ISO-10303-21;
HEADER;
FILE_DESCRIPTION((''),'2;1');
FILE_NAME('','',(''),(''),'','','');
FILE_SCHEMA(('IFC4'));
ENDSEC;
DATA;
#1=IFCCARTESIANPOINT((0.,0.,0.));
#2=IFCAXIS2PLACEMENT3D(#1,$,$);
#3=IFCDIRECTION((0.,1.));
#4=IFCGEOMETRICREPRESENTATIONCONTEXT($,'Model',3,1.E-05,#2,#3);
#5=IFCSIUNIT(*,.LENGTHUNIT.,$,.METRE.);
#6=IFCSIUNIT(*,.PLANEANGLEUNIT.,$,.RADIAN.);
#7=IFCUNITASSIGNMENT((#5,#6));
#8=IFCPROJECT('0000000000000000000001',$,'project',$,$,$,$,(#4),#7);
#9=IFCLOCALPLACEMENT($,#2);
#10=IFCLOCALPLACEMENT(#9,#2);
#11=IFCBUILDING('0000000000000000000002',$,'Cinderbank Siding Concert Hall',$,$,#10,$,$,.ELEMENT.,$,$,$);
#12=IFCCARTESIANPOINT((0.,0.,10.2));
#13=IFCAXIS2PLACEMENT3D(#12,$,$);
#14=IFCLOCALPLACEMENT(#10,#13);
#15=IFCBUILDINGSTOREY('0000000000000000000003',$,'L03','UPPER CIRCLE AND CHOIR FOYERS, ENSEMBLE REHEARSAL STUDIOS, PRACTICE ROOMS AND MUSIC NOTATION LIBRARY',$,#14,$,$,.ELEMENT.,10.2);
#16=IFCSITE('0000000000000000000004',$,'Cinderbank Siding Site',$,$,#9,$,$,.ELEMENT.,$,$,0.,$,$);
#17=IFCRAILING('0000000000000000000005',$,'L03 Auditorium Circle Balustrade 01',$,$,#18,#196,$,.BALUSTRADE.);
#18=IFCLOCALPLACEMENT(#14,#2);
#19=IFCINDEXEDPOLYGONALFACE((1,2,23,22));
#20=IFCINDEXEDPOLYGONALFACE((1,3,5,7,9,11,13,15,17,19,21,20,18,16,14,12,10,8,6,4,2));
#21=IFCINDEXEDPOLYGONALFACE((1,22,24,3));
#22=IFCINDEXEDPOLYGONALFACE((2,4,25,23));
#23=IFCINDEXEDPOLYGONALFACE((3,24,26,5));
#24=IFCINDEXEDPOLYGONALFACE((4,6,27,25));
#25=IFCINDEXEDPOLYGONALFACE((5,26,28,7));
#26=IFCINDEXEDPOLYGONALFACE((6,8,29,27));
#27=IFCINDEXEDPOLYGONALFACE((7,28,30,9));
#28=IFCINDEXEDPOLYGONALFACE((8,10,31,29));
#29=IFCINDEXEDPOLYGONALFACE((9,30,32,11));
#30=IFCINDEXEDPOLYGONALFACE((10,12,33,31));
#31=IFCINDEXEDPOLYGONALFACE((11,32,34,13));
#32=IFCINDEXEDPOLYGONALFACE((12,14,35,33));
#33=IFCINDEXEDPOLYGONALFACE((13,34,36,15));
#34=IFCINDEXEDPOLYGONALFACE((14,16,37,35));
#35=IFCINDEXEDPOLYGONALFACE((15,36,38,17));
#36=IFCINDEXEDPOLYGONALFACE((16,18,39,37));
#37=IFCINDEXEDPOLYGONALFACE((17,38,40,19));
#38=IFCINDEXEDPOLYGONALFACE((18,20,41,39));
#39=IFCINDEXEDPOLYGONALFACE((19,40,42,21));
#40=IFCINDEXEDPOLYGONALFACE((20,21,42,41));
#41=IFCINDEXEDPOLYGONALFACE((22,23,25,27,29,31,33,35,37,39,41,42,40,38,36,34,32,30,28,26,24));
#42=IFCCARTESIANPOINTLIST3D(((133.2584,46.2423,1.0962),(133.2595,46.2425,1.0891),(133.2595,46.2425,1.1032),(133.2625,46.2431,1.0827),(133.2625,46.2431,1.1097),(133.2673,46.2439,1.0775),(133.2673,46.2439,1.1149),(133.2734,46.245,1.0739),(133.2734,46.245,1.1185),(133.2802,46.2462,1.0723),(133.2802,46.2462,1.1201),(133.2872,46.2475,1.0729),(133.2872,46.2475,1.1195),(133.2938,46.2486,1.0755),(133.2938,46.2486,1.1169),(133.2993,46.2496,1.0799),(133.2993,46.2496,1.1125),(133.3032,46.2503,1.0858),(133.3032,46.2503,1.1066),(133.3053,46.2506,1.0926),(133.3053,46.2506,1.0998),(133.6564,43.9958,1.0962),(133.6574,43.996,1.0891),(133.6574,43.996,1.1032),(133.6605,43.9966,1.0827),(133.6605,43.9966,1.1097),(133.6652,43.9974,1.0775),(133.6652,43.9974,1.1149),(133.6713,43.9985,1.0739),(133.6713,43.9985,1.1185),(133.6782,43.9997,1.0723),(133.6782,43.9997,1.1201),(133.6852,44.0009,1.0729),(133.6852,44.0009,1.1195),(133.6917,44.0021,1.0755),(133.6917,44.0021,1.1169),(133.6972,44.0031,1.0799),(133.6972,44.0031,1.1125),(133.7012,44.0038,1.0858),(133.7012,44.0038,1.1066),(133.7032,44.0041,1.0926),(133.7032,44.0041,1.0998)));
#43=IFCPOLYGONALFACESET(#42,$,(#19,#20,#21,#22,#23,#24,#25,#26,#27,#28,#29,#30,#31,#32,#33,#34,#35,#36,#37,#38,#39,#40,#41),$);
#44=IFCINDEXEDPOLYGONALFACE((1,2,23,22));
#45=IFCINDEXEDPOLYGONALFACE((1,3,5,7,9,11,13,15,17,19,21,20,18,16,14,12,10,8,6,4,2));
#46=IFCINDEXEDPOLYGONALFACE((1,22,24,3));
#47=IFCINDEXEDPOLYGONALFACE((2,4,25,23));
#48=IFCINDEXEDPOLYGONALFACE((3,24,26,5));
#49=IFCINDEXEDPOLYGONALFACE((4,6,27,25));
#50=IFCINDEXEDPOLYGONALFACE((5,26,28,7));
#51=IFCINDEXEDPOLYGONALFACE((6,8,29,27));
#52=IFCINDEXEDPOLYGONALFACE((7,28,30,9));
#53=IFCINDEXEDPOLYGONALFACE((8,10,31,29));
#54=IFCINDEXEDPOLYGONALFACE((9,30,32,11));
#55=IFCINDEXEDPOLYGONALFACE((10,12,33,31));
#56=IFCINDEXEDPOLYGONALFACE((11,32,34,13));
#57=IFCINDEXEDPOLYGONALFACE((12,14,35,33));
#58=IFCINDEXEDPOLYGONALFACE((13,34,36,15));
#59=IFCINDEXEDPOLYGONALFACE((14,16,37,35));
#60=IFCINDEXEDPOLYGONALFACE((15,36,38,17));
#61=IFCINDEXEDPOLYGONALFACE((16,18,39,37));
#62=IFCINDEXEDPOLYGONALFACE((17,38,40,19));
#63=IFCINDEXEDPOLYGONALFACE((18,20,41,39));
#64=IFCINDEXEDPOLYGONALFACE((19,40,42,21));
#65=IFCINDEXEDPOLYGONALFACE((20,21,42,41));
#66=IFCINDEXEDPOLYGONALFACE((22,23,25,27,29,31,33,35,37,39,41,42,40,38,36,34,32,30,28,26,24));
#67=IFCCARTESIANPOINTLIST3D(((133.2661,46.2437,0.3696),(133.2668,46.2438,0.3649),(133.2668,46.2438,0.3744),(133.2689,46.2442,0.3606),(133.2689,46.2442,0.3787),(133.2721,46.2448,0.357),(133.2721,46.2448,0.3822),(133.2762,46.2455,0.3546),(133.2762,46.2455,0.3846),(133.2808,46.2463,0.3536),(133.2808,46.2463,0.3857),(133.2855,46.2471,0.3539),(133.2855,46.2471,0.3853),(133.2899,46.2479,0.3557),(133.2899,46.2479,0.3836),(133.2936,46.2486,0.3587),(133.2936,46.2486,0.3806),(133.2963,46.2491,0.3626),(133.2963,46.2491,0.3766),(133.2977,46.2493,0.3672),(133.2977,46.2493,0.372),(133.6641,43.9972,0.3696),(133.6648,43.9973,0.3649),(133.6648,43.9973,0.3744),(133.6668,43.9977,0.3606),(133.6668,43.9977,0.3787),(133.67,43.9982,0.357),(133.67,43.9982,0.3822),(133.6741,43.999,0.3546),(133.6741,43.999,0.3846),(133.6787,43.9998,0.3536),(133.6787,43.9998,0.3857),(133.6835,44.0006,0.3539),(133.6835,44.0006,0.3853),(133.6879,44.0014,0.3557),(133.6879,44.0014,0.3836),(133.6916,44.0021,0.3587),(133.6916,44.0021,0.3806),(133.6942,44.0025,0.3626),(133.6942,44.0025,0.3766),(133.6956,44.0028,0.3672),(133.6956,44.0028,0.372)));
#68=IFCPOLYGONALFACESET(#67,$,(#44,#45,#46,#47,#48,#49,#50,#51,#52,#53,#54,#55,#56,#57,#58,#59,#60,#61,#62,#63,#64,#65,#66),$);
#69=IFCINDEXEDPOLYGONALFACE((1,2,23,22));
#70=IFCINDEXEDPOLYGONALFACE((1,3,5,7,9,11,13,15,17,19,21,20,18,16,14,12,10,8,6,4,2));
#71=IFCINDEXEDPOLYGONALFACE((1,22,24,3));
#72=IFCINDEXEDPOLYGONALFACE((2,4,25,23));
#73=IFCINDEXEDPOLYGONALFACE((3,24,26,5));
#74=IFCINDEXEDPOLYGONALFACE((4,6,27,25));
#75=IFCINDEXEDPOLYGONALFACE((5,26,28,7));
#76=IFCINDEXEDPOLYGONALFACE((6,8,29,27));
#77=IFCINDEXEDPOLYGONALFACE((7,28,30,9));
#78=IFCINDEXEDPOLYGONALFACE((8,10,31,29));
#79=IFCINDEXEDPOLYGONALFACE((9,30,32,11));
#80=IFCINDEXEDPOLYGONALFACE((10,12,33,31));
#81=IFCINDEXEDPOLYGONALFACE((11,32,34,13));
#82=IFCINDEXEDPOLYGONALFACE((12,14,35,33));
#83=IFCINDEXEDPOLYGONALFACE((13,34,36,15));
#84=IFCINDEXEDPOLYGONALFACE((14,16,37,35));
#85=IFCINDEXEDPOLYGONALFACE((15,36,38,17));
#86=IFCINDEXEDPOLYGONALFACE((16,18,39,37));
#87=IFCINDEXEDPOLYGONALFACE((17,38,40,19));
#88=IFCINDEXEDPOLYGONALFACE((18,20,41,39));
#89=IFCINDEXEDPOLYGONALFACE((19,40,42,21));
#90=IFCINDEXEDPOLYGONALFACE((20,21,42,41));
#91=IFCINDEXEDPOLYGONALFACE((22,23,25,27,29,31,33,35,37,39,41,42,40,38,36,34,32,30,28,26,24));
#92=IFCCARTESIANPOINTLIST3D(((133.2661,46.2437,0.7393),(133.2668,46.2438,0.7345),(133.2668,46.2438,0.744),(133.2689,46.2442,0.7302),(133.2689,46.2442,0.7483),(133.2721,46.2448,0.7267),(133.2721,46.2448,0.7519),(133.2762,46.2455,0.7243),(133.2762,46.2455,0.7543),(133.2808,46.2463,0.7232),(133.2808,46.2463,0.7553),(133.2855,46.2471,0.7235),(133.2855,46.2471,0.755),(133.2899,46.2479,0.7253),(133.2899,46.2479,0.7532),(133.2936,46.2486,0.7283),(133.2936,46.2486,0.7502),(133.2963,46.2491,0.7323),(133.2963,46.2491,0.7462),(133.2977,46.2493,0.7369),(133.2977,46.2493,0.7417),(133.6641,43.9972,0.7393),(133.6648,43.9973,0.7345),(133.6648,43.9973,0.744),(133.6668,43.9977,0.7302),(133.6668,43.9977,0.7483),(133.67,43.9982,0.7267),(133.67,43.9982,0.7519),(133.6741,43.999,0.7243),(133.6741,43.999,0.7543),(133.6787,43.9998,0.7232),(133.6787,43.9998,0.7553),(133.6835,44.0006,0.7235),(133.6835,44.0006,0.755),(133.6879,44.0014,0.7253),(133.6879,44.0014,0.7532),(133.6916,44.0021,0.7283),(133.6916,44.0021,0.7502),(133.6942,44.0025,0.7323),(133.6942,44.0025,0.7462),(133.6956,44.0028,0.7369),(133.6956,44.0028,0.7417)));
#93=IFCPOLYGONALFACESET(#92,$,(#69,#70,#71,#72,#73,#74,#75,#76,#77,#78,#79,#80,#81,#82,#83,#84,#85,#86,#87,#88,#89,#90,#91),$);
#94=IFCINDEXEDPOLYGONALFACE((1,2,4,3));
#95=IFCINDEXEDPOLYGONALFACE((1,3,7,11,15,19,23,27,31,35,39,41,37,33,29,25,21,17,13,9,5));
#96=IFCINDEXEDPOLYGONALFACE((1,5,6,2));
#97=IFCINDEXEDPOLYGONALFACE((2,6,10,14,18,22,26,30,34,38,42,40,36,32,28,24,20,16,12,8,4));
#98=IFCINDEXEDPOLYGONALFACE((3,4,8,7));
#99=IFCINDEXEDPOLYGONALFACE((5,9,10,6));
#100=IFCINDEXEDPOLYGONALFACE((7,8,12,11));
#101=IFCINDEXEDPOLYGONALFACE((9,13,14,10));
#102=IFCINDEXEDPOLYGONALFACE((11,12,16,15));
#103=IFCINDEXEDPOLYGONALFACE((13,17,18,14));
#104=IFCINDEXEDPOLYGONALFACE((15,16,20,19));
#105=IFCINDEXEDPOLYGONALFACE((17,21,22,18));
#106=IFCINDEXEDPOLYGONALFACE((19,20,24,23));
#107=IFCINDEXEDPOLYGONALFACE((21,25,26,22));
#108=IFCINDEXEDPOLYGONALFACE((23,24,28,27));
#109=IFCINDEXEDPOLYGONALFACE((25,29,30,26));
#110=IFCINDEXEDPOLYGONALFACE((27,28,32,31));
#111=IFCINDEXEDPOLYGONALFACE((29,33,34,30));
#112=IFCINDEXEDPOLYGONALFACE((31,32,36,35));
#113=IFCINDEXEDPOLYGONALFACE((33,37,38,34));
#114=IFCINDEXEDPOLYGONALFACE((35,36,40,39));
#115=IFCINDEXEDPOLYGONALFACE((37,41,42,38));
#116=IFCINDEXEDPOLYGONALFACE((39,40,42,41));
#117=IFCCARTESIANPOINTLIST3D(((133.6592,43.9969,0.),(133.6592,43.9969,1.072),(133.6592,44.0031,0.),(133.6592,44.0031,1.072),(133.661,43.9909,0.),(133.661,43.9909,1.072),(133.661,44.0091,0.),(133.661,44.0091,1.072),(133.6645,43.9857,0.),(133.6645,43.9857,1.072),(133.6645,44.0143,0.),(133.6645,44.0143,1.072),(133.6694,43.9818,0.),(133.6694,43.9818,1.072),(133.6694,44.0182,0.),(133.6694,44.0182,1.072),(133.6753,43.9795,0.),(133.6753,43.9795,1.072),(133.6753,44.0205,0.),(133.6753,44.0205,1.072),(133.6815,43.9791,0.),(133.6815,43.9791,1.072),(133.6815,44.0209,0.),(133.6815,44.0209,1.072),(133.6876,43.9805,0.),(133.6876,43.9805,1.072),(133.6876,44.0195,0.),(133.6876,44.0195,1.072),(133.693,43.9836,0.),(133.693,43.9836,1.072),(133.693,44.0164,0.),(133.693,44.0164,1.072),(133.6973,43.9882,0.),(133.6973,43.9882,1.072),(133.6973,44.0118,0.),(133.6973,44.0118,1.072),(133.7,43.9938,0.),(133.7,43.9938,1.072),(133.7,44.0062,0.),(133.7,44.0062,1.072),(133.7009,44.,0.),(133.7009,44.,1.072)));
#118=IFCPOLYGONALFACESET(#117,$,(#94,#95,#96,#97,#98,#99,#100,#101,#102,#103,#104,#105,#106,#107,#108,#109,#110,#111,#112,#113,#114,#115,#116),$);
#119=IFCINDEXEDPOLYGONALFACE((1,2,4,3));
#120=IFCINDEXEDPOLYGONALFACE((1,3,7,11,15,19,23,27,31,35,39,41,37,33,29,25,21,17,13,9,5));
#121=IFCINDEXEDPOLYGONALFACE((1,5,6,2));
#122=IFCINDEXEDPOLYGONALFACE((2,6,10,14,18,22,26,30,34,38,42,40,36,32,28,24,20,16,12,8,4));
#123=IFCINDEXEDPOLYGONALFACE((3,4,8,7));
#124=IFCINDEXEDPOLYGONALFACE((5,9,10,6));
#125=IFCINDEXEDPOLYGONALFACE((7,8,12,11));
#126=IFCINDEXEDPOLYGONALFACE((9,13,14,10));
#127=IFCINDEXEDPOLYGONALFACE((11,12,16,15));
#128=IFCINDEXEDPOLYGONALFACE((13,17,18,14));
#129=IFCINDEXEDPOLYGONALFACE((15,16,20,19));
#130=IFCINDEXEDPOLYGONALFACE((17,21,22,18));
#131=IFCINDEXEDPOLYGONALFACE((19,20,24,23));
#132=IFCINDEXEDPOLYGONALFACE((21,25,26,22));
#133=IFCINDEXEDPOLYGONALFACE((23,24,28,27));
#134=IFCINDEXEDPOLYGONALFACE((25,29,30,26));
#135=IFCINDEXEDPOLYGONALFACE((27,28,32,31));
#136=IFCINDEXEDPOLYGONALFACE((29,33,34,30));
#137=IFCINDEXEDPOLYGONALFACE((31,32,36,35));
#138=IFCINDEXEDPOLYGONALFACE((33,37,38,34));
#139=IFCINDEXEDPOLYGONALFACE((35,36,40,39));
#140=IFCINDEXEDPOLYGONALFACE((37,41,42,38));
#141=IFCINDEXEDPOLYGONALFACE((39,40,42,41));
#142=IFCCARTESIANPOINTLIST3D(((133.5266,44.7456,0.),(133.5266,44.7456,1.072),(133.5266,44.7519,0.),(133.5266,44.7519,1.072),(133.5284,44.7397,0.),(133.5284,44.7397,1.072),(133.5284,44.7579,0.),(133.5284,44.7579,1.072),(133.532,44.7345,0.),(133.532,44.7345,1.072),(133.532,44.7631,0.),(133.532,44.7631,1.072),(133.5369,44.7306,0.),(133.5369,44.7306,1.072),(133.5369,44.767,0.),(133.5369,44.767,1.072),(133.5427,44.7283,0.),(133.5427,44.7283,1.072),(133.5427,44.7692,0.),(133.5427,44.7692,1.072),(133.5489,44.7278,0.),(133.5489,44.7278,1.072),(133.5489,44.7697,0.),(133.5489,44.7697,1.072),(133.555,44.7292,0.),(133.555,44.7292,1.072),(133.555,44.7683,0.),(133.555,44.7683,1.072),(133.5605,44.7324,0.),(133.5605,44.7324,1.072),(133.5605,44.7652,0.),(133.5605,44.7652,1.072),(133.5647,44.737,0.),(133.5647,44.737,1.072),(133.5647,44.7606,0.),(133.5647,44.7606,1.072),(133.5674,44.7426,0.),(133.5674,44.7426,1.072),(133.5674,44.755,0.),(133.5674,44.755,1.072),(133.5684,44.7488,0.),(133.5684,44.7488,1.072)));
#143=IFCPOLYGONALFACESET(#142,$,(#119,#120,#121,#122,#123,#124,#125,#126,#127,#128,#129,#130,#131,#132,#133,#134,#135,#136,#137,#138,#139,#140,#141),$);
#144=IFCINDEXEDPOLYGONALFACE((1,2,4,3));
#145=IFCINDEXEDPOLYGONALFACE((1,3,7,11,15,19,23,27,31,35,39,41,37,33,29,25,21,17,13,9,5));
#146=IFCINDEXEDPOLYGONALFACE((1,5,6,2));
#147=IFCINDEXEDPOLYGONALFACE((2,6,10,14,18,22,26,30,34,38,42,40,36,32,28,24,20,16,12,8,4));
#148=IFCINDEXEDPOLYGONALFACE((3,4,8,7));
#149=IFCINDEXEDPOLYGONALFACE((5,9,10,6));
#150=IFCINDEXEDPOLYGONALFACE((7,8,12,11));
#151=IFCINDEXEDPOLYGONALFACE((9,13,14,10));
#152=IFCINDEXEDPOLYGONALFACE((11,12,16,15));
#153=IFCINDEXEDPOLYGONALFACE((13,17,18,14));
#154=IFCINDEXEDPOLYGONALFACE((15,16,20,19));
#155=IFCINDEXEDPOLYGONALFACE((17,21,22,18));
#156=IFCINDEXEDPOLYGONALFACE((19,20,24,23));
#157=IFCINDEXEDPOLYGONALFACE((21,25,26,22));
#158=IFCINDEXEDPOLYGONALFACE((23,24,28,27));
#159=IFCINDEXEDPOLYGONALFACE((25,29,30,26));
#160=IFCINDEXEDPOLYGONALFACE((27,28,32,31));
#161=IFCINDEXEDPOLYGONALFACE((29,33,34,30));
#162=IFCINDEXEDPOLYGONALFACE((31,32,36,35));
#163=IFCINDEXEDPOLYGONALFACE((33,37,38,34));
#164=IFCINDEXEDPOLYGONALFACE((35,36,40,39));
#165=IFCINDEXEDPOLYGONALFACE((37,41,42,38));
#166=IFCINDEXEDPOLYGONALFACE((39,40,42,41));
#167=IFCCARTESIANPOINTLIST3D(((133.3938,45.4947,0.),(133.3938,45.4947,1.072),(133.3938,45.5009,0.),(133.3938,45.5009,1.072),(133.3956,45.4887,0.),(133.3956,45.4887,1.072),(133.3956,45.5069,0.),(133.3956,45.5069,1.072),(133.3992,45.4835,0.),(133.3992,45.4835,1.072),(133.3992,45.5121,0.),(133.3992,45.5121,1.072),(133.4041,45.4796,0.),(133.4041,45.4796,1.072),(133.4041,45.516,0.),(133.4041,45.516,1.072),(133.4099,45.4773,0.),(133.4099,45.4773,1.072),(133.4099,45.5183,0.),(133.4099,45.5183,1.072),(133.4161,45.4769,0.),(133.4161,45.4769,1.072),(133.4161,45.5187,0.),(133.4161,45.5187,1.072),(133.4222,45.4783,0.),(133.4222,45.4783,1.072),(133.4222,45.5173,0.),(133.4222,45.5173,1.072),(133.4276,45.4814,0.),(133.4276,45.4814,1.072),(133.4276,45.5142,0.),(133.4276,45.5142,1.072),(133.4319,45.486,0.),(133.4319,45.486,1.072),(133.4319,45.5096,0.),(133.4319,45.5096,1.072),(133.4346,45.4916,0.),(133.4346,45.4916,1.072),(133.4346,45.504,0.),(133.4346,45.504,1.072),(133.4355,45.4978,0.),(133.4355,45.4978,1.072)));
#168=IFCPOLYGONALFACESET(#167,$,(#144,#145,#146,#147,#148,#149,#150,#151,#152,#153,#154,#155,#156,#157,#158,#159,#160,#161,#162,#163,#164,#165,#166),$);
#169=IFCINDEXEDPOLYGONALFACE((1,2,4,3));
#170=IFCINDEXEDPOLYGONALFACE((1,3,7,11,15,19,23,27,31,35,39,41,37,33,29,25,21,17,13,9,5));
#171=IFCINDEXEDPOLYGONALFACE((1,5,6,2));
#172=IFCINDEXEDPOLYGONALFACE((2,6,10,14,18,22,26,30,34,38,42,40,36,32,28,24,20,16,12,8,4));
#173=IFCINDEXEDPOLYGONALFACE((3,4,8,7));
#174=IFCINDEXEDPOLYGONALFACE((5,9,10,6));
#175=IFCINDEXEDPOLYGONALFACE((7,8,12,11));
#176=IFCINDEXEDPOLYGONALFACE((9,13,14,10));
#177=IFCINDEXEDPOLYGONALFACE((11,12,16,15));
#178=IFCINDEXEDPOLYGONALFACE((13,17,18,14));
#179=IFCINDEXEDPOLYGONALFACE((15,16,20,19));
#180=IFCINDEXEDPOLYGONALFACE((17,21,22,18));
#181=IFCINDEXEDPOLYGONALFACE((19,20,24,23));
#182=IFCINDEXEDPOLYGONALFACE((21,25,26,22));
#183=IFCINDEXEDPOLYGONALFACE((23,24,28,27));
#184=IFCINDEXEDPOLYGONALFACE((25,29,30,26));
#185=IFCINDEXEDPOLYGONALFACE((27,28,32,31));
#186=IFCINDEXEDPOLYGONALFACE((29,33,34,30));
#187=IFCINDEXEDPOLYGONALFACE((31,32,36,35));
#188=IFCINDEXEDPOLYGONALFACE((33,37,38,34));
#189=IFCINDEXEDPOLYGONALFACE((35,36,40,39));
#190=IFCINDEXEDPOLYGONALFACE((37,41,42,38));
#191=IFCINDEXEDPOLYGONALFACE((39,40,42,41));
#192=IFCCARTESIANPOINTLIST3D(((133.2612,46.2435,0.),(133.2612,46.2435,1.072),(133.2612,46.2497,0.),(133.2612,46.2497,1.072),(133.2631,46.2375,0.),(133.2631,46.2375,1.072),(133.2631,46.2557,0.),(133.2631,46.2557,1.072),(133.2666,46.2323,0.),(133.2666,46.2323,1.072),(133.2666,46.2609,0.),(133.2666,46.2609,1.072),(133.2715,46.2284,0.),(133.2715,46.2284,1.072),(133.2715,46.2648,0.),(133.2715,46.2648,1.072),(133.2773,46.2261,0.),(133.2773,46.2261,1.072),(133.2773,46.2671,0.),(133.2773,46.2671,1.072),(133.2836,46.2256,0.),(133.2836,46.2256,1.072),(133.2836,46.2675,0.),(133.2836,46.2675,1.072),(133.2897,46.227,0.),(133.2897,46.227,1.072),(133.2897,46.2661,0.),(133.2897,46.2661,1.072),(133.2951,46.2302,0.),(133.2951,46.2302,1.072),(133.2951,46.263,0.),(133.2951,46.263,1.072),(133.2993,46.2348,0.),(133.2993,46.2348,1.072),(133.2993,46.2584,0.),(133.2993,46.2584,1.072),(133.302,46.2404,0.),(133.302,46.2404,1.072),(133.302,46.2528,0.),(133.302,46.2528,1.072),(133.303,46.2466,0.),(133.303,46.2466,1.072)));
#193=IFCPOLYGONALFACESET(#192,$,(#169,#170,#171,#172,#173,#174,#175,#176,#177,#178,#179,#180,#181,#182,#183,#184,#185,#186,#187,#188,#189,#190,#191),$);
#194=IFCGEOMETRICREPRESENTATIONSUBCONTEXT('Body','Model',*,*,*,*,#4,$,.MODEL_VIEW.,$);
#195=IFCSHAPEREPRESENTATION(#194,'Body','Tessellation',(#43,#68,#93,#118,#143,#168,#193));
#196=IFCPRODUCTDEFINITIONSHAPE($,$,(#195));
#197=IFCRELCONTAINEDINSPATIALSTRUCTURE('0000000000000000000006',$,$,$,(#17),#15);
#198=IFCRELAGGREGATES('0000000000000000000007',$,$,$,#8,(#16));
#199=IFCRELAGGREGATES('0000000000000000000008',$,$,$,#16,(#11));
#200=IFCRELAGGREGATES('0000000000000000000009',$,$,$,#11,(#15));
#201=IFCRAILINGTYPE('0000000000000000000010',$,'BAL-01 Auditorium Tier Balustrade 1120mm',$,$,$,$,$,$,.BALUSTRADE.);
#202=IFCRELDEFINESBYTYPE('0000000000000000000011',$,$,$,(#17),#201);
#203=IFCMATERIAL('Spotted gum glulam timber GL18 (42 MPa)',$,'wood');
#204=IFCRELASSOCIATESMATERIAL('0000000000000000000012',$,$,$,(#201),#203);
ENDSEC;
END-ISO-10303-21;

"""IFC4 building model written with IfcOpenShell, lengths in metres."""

from ifc_helpers import new_model, si_unit, direction, frame, origin, origin_2d, place, context, subcontext, project, spatial, circle, extrude, material, type_object, element, save


model = new_model("IFC4")

# Units and contexts
model_context = context("Model", 3, precision=1e-05, world=origin(), true_north=direction((0.0, 1.0)))
body_context = subcontext(model_context, "Body", "Model", "MODEL_VIEW")
ifc_project = project(units=[si_unit("LENGTHUNIT", "METRE"), si_unit("PLANEANGLEUNIT", "RADIAN")], contexts=[model_context])

# Site, building, storey
site_placement = place(None, origin())
site = spatial("IfcSite", under=ifc_project, at=site_placement, Name="Cinderbank Siding Site", CompositionType="ELEMENT", RefElevation=0.0)
building_placement = place(site_placement, origin())
building = spatial("IfcBuilding", under=site, at=building_placement, Name="Cinderbank Siding Concert Hall", CompositionType="ELEMENT")
storey_placement = place(building_placement, frame((0.0, 0.0, 10.2)))
storey = spatial("IfcBuildingStorey", under=building, at=storey_placement, Name="L03", Description="UPPER CIRCLE AND CHOIR FOYERS, ENSEMBLE REHEARSAL STUDIOS, PRACTICE ROOMS AND MUSIC NOTATION LIBRARY", CompositionType="ELEMENT", Elevation=10.2)

# Shared definitions
ifc_material_1 = material(Name="Spotted gum glulam timber GL18 (42 MPa)", Category="wood")

# Railing
railing_type = type_object("IfcRailingType", Name="BAL-01 Auditorium Tier Balustrade 1120mm", PredefinedType="BALUSTRADE", material=ifc_material_1)
railing_1_placement = place(storey_placement, frame((133.6799, 44.0, 0.0)))
element("IfcRailing", 1, at=railing_1_placement, inside=storey, type_object=railing_type, Name="L03 Auditorium Circle Balustrade 01", PredefinedType="BALUSTRADE", context=body_context, shape_type="SweptSolid", body=[
    extrude(circle(Radius=0.0239, at=origin_2d()), frame((0.0, 0.0, 1.0962), z_axis=(-0.17442, 0.984671, 0.0), x_axis=(-0.984671, -0.17442, 0.0)), (0.0, 0.0, 1.0), 2.2815),
    extrude(circle(Radius=0.0161, at=origin_2d()), frame((0.0, 0.0, 0.3696), z_axis=(-0.17442, 0.984671, 0.0), x_axis=(-0.984671, -0.17442, 0.0)), (0.0, 0.0, 1.0), 2.2815),
    extrude(circle(Radius=0.0161, at=origin_2d()), frame((0.0, 0.0, 0.7393), z_axis=(-0.17442, 0.984671, 0.0), x_axis=(-0.984671, -0.17442, 0.0)), (0.0, 0.0, 1.0), 2.2815),
    extrude(circle(Radius=0.021, at=origin_2d()), origin(), (0.0, 0.0, 1.0), 1.072),
    extrude(circle(Radius=0.021, at=origin_2d()), frame((-0.1326, 0.7488, 0.0)), (0.0, 0.0, 1.0), 1.072),
    extrude(circle(Radius=0.021, at=origin_2d()), frame((-0.2654, 1.4978, 0.0)), (0.0, 0.0, 1.0), 1.072),
    extrude(circle(Radius=0.021, at=origin_2d()), frame((-0.3979, 2.2466, 0.0)), (0.0, 0.0, 1.0), 1.072),
])

save(model, "model.ifc")
